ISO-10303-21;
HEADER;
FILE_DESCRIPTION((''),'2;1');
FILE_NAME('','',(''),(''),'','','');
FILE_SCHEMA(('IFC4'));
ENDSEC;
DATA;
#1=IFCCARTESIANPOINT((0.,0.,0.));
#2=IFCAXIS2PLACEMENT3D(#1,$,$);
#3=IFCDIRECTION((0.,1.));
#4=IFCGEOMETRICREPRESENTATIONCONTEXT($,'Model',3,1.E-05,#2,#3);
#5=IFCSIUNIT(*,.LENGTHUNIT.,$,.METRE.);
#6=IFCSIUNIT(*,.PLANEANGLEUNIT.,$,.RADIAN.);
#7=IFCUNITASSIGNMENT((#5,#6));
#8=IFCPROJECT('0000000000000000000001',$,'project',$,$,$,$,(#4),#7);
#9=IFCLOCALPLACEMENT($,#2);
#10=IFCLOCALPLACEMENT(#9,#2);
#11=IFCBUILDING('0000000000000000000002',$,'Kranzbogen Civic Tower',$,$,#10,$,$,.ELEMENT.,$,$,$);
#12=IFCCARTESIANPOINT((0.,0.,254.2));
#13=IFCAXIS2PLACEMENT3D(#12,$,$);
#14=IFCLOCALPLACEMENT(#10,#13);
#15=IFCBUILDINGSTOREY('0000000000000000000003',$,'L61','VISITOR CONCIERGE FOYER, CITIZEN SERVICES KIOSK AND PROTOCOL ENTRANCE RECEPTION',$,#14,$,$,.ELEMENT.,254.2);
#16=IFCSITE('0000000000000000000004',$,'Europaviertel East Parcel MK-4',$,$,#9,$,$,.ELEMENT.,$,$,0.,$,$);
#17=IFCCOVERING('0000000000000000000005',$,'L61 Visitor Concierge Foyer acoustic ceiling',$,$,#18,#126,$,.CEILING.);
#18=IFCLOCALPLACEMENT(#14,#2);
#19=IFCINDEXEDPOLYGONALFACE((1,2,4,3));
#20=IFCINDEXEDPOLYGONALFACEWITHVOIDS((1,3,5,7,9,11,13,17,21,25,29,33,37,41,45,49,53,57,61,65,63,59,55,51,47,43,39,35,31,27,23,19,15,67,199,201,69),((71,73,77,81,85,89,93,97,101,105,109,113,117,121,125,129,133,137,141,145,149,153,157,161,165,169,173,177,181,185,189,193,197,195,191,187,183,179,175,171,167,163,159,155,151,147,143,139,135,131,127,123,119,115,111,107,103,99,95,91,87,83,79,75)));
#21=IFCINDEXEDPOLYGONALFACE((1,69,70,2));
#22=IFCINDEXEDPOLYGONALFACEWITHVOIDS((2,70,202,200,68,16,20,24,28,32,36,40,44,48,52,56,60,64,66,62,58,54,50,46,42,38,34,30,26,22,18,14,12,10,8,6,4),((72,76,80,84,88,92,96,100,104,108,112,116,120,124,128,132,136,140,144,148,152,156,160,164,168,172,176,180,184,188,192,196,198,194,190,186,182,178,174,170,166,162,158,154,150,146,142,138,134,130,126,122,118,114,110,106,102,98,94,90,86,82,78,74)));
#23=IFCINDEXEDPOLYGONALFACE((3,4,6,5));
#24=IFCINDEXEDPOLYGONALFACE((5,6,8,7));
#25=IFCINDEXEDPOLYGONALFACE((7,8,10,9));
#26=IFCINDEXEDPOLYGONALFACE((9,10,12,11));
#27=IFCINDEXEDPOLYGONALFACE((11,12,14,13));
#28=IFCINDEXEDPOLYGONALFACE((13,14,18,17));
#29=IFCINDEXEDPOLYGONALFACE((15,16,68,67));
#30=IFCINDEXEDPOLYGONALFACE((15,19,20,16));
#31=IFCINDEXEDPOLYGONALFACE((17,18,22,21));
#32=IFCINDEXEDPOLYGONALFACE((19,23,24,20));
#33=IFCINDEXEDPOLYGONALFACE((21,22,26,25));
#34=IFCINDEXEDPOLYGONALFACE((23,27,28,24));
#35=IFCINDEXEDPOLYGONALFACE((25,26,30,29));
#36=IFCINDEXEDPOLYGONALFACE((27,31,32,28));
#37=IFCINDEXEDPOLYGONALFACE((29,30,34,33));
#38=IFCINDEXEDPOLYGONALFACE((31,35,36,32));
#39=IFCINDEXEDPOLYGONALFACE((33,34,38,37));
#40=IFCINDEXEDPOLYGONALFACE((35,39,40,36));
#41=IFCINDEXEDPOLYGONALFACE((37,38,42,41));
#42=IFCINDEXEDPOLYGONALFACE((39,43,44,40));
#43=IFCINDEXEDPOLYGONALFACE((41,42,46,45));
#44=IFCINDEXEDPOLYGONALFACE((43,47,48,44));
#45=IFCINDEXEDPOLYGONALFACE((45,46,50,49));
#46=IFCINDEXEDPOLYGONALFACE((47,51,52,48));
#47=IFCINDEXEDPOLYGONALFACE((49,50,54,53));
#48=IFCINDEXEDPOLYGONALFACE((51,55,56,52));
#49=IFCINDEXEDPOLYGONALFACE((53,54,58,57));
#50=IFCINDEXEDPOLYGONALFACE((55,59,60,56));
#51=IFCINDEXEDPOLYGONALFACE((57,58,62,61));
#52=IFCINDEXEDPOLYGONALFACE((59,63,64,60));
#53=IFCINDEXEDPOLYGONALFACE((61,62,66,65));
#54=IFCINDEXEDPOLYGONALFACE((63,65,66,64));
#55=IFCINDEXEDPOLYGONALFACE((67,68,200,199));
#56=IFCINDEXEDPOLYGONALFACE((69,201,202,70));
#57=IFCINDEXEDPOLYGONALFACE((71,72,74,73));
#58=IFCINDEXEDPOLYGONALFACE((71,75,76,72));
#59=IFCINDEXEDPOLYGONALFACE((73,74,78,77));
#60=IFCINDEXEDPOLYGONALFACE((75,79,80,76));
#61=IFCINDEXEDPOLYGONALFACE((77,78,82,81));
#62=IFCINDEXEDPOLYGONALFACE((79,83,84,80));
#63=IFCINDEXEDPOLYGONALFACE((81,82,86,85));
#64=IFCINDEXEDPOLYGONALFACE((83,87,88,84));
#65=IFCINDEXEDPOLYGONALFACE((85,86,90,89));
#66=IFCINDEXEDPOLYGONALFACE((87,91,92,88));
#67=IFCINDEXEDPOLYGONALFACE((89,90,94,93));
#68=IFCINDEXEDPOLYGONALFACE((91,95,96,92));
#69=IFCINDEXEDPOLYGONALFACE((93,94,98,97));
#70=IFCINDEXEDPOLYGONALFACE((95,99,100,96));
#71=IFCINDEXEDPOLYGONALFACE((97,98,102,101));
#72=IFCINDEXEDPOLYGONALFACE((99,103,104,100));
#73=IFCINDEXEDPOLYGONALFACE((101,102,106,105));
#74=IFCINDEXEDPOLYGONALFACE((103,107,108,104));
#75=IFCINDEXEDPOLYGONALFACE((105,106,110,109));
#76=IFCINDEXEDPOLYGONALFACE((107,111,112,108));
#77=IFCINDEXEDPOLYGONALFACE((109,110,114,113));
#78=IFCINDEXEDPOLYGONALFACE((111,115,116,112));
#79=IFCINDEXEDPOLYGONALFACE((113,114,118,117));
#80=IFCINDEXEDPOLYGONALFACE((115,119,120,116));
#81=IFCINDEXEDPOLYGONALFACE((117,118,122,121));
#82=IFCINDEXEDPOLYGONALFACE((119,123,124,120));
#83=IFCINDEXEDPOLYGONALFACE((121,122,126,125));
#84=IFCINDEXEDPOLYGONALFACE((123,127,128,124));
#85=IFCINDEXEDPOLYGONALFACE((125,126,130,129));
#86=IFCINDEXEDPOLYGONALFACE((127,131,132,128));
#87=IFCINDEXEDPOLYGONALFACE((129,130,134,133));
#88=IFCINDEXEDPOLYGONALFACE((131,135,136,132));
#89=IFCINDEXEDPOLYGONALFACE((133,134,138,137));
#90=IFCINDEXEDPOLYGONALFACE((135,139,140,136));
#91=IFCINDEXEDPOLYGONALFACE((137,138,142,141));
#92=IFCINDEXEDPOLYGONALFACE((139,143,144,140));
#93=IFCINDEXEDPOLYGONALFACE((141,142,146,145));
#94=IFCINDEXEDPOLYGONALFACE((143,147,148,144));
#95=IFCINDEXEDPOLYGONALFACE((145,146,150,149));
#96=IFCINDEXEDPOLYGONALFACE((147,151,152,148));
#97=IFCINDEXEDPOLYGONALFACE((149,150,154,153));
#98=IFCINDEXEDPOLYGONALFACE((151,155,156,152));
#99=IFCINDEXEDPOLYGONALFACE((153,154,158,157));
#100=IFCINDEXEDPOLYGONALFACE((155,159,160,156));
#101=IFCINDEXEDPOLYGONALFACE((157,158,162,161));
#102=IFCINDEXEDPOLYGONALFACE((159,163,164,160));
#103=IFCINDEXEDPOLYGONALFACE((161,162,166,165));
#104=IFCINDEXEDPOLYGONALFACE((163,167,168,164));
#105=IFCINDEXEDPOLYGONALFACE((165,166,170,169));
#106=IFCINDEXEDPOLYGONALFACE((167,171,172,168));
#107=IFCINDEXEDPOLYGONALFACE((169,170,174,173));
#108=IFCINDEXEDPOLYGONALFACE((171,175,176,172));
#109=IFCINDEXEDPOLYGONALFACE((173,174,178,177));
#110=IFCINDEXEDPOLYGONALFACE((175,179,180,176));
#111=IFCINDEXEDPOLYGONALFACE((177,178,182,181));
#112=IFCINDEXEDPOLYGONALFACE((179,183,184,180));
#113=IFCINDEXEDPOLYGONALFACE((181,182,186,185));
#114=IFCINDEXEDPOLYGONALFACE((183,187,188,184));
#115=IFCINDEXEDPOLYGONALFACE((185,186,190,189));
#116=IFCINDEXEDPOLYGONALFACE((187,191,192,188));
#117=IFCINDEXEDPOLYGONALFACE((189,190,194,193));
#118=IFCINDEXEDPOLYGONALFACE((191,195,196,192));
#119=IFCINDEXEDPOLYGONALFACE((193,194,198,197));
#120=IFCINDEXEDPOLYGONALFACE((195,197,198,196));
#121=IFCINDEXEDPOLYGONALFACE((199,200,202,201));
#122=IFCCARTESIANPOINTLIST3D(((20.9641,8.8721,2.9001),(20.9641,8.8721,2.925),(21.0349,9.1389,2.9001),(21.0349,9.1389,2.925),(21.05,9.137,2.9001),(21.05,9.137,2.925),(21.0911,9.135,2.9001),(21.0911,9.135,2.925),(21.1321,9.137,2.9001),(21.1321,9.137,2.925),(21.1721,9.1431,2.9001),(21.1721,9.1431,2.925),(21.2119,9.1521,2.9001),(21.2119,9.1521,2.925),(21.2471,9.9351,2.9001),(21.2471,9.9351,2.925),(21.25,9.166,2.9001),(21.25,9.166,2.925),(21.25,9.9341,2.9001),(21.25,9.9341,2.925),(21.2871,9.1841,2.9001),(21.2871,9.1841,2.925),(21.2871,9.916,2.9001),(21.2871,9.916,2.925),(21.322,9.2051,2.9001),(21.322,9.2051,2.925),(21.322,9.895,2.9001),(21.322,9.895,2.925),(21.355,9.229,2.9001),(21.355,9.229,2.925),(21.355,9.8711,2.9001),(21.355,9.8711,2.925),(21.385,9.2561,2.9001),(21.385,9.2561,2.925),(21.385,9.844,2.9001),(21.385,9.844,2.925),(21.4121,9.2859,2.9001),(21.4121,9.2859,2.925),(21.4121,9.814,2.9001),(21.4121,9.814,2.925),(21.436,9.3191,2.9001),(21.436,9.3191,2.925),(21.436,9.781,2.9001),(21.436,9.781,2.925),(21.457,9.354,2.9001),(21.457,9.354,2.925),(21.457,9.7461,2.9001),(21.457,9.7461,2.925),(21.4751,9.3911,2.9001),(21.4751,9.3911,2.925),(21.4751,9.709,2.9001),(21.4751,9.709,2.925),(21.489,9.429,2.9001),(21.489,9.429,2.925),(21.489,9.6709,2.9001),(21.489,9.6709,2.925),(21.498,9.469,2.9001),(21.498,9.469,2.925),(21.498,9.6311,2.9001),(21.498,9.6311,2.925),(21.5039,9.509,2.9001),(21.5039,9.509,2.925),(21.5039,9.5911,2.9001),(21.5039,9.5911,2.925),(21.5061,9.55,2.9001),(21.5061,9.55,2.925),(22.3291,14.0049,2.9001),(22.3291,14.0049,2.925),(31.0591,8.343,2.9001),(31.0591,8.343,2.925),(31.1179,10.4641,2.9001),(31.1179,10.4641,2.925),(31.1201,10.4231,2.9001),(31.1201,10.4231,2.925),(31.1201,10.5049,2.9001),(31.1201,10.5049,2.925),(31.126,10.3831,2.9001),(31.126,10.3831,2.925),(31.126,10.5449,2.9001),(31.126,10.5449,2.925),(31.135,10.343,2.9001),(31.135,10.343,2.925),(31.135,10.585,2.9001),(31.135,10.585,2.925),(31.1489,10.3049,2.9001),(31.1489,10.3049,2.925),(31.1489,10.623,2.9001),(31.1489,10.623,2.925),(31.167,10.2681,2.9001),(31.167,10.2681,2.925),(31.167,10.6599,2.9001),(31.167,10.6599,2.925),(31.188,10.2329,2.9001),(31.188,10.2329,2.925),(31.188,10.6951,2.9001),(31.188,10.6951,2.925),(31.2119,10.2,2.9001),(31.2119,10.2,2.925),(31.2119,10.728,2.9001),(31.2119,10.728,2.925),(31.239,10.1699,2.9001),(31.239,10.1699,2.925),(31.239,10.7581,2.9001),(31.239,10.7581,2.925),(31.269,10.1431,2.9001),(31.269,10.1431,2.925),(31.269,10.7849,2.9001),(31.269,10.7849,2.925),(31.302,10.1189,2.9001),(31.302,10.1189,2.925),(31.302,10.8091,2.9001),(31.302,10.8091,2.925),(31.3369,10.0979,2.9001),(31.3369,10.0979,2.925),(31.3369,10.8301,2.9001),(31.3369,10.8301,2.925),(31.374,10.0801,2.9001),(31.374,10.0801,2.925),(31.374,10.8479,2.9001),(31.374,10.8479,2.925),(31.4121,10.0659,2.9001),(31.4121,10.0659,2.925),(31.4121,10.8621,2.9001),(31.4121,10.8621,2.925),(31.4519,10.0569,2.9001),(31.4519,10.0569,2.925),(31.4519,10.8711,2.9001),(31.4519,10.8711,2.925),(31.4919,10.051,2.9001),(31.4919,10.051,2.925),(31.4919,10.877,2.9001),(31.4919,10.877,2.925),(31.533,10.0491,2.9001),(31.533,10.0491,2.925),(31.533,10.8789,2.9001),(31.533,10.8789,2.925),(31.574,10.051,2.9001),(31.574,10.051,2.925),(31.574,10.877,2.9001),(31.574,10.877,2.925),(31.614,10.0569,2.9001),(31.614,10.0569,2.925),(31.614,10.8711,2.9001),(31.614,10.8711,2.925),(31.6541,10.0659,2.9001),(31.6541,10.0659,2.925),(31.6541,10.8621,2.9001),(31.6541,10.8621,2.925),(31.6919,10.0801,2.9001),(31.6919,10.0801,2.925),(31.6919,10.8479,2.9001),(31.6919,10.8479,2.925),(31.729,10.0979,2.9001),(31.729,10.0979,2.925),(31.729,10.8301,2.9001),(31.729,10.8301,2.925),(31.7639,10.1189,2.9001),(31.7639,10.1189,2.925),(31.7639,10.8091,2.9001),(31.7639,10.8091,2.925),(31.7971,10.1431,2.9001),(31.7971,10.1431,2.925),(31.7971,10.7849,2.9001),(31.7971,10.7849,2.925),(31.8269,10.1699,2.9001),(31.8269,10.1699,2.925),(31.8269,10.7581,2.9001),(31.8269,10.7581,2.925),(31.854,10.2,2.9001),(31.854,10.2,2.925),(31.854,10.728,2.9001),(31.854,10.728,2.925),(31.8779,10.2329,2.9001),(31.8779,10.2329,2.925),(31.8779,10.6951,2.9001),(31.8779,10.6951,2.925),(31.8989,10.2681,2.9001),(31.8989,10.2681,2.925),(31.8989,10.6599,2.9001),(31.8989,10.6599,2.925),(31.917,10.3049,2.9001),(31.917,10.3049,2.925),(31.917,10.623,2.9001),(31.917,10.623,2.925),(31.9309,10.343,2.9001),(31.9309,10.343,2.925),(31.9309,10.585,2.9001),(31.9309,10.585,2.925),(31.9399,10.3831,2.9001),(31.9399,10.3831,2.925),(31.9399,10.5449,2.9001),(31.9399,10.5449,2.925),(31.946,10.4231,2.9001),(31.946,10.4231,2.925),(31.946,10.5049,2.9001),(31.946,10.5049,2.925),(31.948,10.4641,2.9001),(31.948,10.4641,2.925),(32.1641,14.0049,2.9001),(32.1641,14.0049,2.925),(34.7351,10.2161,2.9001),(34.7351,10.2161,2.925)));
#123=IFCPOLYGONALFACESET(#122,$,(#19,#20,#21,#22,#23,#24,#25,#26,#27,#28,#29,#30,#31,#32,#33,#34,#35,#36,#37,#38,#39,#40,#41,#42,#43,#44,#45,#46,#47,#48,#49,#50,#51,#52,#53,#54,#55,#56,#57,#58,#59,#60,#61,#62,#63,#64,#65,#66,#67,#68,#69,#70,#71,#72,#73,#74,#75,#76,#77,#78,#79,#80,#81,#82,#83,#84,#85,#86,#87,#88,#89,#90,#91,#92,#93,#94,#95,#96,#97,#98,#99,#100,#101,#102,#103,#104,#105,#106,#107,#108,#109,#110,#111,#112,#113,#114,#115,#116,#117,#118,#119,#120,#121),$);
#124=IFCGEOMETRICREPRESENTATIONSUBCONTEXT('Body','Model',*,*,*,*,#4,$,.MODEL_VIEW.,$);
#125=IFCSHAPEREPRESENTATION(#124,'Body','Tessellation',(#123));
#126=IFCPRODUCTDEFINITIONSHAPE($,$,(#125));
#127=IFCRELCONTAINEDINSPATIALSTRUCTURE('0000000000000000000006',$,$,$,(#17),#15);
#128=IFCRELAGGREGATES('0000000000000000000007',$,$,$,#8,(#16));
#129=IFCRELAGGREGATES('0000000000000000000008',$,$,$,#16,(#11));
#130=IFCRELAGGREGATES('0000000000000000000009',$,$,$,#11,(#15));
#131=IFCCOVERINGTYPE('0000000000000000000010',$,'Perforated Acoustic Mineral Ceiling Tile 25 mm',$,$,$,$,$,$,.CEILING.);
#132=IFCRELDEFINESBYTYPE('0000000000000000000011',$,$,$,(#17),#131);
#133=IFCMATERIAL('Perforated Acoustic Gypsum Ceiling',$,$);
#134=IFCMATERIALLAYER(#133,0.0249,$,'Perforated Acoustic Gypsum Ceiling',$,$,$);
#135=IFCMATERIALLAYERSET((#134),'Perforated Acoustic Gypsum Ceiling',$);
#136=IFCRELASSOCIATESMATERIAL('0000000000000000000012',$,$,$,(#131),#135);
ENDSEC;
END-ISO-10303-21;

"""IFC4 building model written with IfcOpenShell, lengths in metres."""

from ifc_helpers import new_model, si_unit, direction, frame, origin, place, context, subcontext, project, spatial, polyline, outline, extrude, material, layer, layer_set, type_object, element, save


model = new_model("IFC4")

# Units and contexts
model_context = context("Model", 3, precision=1e-05, world=origin(), true_north=direction((0.0, 1.0)))
body_context = subcontext(model_context, "Body", "Model", "MODEL_VIEW")
ifc_project = project(units=[si_unit("LENGTHUNIT", "METRE"), si_unit("PLANEANGLEUNIT", "RADIAN")], contexts=[model_context])

# Site, building, storey
site_placement = place(None, origin())
site = spatial("IfcSite", under=ifc_project, at=site_placement, Name="Europaviertel East Parcel MK-4", CompositionType="ELEMENT", RefElevation=0.0)
building_placement = place(site_placement, origin())
building = spatial("IfcBuilding", under=site, at=building_placement, Name="Kranzbogen Civic Tower", CompositionType="ELEMENT")
storey_placement = place(building_placement, frame((0.0, 0.0, 254.2)))
storey = spatial("IfcBuildingStorey", under=building, at=storey_placement, Name="L61", Description="VISITOR CONCIERGE FOYER, CITIZEN SERVICES KIOSK AND PROTOCOL ENTRANCE RECEPTION", CompositionType="ELEMENT", Elevation=254.2)

# Covering
ifc_material_1 = material(Name="Perforated Acoustic Gypsum Ceiling")
ifc_layer_1 = layer(ifc_material_1, 0.0249, Name="Perforated Acoustic Gypsum Ceiling")
ifc_layer_set_1 = layer_set([ifc_layer_1], Name="Perforated Acoustic Gypsum Ceiling")
covering_type = type_object("IfcCoveringType", Name="Perforated Acoustic Mineral Ceiling Tile 25 mm", PredefinedType="CEILING", material=ifc_layer_set_1)
covering_1_placement = place(storey_placement, frame((0.0, 0.0, 2.9001)))
element("IfcCovering", 1, at=covering_1_placement, inside=storey, type_object=covering_type, Name="L61 Visitor Concierge Foyer acoustic ceiling", PredefinedType="CEILING", context=body_context, shape_type="SweptSolid", body=[
    extrude(outline(polyline([(20.9641, 8.8721), (21.0349, 9.1389), (21.05, 9.137), (21.0911, 9.135), (21.1321, 9.137), (21.1721, 9.1431), (21.2119, 9.1521), (21.25, 9.166), (21.2871, 9.1841), (21.322, 9.2051), (21.355, 9.229), (21.385, 9.2561), (21.4121, 9.2859), (21.436, 9.3191), (21.457, 9.354), (21.4751, 9.3911), (21.489, 9.429), (21.498, 9.469), (21.5039, 9.509), (21.5061, 9.55), (21.5039, 9.5911), (21.498, 9.6311), (21.489, 9.6709), (21.4751, 9.709), (21.457, 9.7461), (21.436, 9.781), (21.4121, 9.814), (21.385, 9.844), (21.355, 9.8711), (21.322, 9.895), (21.2871, 9.916), (21.25, 9.9341), (21.2471, 9.9351), (22.3291, 14.0049), (32.1641, 14.0049), (34.7351, 10.2161), (31.0591, 8.343), (20.9641, 8.8721)]), holes=[polyline([(31.917, 10.3049), (31.8989, 10.2681), (31.8779, 10.2329), (31.854, 10.2), (31.8269, 10.1699), (31.7971, 10.1431), (31.7639, 10.1189), (31.729, 10.0979), (31.6919, 10.0801), (31.6541, 10.0659), (31.614, 10.0569), (31.574, 10.051), (31.533, 10.0491), (31.4919, 10.051), (31.4519, 10.0569), (31.4121, 10.0659), (31.374, 10.0801), (31.3369, 10.0979), (31.302, 10.1189), (31.269, 10.1431), (31.239, 10.1699), (31.2119, 10.2), (31.188, 10.2329), (31.167, 10.2681), (31.1489, 10.3049), (31.135, 10.343), (31.126, 10.3831), (31.1201, 10.4231), (31.1179, 10.4641), (31.1201, 10.5049), (31.126, 10.5449), (31.135, 10.585), (31.1489, 10.623), (31.167, 10.6599), (31.188, 10.6951), (31.2119, 10.728), (31.239, 10.7581), (31.269, 10.7849), (31.302, 10.8091), (31.3369, 10.8301), (31.374, 10.8479), (31.4121, 10.8621), (31.4519, 10.8711), (31.4919, 10.877), (31.533, 10.8789), (31.574, 10.877), (31.614, 10.8711), (31.6541, 10.8621), (31.6919, 10.8479), (31.729, 10.8301), (31.7639, 10.8091), (31.7971, 10.7849), (31.8269, 10.7581), (31.854, 10.728), (31.8779, 10.6951), (31.8989, 10.6599), (31.917, 10.623), (31.9309, 10.585), (31.9399, 10.5449), (31.946, 10.5049), (31.948, 10.4641), (31.946, 10.4231), (31.9399, 10.3831), (31.9309, 10.343), (31.917, 10.3049)])]), origin(), (0.0, 0.0, 1.0), 0.0249),
])

save(model, "model.ifc")
